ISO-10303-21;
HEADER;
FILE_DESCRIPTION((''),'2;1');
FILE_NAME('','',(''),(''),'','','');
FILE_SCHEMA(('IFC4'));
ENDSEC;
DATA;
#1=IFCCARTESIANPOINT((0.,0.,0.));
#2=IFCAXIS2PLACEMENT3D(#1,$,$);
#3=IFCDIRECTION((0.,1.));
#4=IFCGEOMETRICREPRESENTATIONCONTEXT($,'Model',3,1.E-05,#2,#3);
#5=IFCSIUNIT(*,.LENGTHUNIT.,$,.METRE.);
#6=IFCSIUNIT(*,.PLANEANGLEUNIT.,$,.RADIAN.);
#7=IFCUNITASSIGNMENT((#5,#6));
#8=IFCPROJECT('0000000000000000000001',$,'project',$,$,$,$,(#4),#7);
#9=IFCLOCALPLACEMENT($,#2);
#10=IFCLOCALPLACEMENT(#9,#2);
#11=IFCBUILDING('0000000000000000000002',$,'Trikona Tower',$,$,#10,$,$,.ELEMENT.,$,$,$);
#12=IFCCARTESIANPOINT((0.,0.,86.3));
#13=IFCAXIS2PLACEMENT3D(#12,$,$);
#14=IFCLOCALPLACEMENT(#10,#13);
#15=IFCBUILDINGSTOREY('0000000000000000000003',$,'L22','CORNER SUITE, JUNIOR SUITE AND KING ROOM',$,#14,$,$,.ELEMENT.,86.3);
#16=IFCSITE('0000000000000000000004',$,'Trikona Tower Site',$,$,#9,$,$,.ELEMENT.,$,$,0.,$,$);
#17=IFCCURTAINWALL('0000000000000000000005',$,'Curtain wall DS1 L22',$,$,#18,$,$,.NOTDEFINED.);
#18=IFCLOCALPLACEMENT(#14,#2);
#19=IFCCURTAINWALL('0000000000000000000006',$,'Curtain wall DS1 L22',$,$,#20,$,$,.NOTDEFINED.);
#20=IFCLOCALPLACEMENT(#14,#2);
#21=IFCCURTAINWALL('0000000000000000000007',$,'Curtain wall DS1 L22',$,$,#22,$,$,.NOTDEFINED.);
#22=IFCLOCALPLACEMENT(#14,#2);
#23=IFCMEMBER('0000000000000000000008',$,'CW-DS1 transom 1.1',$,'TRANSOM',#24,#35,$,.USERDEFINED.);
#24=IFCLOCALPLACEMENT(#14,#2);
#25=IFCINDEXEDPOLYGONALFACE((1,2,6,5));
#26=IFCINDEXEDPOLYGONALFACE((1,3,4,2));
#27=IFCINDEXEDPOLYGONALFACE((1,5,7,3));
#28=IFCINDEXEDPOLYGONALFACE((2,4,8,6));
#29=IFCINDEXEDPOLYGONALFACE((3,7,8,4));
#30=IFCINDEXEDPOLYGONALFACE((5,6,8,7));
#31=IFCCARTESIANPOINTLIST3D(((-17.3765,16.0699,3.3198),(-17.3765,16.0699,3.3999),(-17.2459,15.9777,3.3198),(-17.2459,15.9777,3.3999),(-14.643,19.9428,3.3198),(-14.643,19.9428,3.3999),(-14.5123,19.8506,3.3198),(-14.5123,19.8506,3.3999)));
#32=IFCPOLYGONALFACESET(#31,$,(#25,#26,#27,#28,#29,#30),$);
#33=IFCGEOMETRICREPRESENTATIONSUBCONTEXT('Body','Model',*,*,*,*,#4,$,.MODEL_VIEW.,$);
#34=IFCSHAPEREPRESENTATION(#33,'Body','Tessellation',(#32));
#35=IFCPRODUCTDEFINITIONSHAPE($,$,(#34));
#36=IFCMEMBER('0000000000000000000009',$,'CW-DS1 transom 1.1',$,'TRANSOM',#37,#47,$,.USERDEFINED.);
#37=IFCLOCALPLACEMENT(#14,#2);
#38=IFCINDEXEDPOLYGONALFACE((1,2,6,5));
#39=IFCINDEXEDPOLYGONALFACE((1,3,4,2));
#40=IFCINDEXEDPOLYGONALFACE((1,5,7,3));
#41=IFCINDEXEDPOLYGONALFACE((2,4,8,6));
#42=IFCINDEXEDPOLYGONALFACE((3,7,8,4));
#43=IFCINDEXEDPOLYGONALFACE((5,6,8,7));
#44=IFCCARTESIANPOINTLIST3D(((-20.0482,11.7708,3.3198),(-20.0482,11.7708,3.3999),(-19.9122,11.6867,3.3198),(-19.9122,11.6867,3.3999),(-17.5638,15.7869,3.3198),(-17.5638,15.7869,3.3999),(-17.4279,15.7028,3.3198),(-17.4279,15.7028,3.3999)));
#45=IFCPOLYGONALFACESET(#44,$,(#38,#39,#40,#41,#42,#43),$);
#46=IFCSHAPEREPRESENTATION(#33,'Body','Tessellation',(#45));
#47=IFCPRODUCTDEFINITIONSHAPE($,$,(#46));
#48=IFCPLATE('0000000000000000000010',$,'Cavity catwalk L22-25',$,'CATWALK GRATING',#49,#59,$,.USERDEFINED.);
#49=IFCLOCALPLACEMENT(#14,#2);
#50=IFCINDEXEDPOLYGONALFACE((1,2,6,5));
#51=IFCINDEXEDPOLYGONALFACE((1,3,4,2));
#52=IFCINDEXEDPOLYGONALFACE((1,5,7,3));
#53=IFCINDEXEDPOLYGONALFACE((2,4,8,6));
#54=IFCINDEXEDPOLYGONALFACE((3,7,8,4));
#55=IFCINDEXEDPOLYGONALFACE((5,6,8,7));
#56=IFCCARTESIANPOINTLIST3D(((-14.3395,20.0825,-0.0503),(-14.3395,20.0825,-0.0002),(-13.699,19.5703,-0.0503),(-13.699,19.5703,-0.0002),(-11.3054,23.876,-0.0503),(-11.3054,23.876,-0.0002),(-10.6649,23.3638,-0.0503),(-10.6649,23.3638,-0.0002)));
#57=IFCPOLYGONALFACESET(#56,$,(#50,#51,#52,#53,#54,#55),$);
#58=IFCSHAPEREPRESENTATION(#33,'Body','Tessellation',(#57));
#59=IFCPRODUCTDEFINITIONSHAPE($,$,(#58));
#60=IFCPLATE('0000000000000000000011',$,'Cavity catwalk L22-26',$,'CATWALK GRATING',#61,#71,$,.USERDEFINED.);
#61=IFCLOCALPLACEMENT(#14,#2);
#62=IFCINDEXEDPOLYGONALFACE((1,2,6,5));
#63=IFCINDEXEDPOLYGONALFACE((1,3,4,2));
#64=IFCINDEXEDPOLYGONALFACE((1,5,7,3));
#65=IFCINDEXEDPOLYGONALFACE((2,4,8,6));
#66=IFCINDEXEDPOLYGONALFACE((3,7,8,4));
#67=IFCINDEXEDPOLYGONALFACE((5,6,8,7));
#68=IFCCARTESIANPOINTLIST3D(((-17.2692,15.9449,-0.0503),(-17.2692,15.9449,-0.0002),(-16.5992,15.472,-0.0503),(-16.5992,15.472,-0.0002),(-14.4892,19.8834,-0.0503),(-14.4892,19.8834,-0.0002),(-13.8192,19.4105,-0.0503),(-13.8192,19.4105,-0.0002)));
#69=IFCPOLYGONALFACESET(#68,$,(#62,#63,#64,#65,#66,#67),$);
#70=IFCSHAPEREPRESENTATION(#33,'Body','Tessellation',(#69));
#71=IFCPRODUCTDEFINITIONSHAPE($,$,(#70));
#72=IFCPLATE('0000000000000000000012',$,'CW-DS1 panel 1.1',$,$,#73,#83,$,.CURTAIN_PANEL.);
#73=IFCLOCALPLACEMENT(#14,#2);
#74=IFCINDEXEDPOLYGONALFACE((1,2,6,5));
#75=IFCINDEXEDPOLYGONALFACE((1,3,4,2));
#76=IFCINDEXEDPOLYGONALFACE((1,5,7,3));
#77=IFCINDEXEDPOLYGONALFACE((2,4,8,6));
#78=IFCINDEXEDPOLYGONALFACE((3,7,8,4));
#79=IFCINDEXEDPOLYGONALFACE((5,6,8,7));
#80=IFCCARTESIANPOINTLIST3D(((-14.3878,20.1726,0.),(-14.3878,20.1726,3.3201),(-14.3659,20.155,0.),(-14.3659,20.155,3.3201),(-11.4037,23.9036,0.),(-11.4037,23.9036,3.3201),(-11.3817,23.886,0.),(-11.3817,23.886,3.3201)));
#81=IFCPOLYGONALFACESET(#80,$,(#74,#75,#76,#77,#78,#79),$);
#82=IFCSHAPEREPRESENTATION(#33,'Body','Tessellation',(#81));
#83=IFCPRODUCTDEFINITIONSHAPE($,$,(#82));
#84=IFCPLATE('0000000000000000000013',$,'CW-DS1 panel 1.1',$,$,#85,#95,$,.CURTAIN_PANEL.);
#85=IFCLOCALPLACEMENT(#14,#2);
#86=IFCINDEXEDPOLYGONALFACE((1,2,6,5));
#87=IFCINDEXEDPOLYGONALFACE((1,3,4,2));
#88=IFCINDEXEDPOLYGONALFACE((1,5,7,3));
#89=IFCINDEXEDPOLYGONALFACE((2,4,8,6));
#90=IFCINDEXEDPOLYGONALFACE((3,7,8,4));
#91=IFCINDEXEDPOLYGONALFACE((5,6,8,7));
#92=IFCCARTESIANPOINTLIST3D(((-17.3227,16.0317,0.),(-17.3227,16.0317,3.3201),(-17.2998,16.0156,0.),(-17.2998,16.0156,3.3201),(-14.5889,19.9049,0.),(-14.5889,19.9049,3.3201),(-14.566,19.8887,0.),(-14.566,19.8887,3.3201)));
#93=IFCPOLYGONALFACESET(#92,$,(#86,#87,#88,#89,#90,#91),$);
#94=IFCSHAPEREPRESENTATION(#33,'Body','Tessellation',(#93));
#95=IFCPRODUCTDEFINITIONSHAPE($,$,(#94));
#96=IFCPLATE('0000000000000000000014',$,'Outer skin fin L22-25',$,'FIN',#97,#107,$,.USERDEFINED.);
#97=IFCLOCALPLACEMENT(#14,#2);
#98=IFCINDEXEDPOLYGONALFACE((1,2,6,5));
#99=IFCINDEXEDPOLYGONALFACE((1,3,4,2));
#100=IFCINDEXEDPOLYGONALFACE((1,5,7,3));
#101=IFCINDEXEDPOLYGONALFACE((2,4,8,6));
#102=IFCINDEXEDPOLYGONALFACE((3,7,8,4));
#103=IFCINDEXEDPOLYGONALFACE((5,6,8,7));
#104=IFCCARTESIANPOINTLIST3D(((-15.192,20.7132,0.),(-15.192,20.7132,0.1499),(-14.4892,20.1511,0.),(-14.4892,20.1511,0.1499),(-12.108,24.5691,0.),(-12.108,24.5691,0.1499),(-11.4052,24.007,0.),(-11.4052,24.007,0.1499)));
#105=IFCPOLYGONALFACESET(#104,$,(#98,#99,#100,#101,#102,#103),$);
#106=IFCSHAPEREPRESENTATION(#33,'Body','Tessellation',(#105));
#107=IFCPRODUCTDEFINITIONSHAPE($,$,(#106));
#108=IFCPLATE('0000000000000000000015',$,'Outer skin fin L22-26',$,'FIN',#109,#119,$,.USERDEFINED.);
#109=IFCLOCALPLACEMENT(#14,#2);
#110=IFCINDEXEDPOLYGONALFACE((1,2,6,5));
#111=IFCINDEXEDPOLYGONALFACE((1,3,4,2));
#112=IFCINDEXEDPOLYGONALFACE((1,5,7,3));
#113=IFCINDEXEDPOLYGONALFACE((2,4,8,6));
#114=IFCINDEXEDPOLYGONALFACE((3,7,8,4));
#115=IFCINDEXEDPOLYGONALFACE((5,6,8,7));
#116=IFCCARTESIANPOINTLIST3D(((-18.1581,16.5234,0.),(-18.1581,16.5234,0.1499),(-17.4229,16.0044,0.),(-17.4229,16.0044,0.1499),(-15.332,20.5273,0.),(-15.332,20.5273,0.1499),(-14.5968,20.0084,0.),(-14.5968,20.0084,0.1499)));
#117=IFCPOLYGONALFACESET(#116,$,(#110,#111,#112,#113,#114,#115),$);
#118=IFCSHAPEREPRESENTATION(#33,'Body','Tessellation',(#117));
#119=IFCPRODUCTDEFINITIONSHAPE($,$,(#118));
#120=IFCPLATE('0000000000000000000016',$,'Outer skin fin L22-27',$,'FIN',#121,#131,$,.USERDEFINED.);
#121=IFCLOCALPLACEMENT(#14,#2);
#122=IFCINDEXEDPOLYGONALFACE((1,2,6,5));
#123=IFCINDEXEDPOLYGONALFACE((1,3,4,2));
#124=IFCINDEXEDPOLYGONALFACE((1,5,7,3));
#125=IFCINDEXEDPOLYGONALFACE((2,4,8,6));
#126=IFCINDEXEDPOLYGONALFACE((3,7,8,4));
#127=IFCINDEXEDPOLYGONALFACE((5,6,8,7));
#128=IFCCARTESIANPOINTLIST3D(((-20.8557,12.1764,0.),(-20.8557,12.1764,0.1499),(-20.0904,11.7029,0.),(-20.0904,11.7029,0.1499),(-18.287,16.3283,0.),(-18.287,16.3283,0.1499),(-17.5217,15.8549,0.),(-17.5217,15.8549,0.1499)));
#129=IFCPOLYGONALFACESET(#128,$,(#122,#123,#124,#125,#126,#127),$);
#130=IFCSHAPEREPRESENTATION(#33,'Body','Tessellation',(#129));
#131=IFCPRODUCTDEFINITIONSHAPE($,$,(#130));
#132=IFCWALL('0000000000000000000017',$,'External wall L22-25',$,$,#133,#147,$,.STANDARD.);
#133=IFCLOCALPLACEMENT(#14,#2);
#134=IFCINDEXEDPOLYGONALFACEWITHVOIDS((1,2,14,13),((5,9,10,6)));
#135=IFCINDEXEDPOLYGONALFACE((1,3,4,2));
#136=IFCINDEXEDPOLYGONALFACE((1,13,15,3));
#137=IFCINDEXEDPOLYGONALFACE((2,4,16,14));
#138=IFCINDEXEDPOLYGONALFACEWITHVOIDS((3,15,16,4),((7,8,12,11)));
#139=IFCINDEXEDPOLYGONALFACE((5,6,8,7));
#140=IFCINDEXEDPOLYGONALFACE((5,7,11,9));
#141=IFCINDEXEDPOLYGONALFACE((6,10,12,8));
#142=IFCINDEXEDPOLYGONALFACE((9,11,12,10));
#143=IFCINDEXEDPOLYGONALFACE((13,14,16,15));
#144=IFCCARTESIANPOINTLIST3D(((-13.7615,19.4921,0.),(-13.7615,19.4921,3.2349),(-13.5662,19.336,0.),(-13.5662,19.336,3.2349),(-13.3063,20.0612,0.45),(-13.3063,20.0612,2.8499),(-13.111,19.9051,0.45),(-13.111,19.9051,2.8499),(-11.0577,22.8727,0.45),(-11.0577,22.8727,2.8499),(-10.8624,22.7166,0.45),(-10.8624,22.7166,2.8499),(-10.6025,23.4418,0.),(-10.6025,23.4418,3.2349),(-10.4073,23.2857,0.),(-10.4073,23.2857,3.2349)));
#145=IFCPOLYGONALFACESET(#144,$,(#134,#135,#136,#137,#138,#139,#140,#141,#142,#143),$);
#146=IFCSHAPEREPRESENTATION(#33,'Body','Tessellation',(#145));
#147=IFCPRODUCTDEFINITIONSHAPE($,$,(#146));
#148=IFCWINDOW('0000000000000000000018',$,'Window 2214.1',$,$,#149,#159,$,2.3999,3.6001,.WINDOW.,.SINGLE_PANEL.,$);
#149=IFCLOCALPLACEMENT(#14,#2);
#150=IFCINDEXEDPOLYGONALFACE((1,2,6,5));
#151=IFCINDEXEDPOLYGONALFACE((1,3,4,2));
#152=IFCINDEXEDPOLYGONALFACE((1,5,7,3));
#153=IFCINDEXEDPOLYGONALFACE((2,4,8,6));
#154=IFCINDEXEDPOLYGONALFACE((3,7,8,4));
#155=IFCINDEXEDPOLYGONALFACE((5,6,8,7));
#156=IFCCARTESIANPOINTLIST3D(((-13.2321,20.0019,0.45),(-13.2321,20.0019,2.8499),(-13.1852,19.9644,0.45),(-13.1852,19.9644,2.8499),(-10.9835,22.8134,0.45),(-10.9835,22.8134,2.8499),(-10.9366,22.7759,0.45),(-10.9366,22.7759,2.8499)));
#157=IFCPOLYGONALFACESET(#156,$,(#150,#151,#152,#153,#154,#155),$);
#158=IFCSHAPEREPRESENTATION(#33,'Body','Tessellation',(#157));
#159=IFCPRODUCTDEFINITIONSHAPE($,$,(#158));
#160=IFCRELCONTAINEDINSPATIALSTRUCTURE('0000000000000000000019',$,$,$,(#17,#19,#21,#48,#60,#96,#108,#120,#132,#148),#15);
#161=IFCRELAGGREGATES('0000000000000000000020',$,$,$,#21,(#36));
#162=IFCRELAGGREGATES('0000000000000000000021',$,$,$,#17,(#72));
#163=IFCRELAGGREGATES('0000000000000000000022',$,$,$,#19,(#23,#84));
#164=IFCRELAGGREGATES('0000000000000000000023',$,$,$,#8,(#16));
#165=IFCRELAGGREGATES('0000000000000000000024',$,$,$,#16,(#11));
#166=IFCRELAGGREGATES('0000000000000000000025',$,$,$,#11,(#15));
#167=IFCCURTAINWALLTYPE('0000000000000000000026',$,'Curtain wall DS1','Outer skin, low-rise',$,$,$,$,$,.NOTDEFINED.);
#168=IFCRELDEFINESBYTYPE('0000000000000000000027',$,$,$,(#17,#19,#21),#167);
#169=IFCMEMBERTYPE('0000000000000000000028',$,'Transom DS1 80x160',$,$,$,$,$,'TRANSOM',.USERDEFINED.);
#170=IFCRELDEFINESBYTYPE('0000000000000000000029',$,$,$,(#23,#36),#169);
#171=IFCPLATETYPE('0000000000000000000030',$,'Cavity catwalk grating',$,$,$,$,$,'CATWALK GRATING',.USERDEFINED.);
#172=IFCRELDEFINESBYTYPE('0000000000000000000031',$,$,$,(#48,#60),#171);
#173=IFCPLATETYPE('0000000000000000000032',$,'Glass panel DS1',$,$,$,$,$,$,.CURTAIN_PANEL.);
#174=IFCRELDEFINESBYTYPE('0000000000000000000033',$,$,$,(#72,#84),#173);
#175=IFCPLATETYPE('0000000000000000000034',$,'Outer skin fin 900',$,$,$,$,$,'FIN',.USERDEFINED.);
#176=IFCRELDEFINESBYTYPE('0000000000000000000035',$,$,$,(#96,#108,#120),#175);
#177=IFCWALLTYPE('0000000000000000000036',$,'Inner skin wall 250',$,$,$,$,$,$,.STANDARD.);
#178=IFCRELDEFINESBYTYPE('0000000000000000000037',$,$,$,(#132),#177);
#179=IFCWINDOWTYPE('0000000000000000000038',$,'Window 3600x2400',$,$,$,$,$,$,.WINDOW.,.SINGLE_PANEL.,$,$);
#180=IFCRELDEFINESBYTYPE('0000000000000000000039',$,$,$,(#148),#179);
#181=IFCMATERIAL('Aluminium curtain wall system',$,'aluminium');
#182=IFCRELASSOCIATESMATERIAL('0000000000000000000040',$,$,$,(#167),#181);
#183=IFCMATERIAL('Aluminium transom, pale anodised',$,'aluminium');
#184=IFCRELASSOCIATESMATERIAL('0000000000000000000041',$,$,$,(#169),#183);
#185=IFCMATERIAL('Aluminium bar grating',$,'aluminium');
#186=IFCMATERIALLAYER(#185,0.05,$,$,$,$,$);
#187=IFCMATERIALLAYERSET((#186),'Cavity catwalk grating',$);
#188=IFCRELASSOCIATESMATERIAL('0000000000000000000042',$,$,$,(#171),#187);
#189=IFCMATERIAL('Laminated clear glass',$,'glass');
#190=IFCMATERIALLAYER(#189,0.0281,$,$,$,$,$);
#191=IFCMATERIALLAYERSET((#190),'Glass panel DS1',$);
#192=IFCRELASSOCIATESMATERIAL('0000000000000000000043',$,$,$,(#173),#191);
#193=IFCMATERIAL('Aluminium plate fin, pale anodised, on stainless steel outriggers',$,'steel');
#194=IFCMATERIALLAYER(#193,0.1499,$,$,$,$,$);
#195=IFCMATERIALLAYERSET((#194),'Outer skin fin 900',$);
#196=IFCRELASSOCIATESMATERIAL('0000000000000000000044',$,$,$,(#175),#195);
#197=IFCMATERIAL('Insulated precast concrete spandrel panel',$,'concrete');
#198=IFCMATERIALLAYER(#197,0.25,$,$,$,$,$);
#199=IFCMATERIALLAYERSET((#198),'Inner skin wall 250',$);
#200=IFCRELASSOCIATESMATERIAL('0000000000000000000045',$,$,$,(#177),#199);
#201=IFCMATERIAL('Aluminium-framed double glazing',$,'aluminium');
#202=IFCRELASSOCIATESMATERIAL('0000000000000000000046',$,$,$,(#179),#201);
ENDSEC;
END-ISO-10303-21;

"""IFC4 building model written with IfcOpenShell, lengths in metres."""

from ifc_helpers import new_model, si_unit, direction, frame, frame_2d, origin, origin_2d, place, context, subcontext, project, spatial, rectangle, extrude, material, layer, layer_set, material_profile, profile_set, type_object, element, fill, aggregate, save


model = new_model("IFC4")

# Units and contexts
model_context = context("Model", 3, precision=1e-05, world=origin(), true_north=direction((0.0, 1.0)))
body_context = subcontext(model_context, "Body", "Model", "MODEL_VIEW")
ifc_project = project(units=[si_unit("LENGTHUNIT", "METRE"), si_unit("PLANEANGLEUNIT", "RADIAN")], contexts=[model_context])

# Site, building, storey
site_placement = place(None, origin())
site = spatial("IfcSite", under=ifc_project, at=site_placement, Name="Trikona Tower Site", CompositionType="ELEMENT", RefElevation=0.0)
building_placement = place(site_placement, origin())
building = spatial("IfcBuilding", under=site, at=building_placement, Name="Trikona Tower", CompositionType="ELEMENT")
storey_placement = place(building_placement, frame((0.0, 0.0, 86.3)))
storey = spatial("IfcBuildingStorey", under=building, at=storey_placement, Name="L22", Description="CORNER SUITE, JUNIOR SUITE AND KING ROOM", CompositionType="ELEMENT", Elevation=86.3)

# Shared definitions
ifc_material_1 = material(Name="Aluminium curtain wall system", Category="aluminium")
curtain_wall_type = type_object("IfcCurtainWallType", Name="Curtain wall DS1", Description="Outer skin, low-rise", PredefinedType="NOTDEFINED", material=ifc_material_1)

# Curtain walls
curtain_wall_1_placement = place(storey_placement, origin())
curtain_wall_1 = element("IfcCurtainWall", 1, at=curtain_wall_1_placement, inside=storey, type_object=curtain_wall_type, Name="Curtain wall DS1 L22", PredefinedType="NOTDEFINED")
curtain_wall_2_placement = place(storey_placement, origin())
curtain_wall_2 = element("IfcCurtainWall", 2, at=curtain_wall_2_placement, inside=storey, type_object=curtain_wall_type, Name="Curtain wall DS1 L22", PredefinedType="NOTDEFINED")

# Curtain wall
curtain_wall_3_placement = place(storey_placement, origin())
curtain_wall_3 = element("IfcCurtainWall", 3, at=curtain_wall_3_placement, inside=storey, type_object=curtain_wall_type, Name="Curtain wall DS1 L22", PredefinedType="NOTDEFINED")

# Members
ifc_material_2 = material(Name="Aluminium transom, pale anodised", Category="aluminium")
ifc_material_profile_1 = material_profile(ifc_material_2, rectangle(XDim=0.1599, YDim=0.0801, at=origin_2d()), Name="TRN-DS1")
ifc_profile_set_1 = profile_set([ifc_material_profile_1], Name="Aluminium transom, pale anodised")
member_type_1 = type_object("IfcMemberType", Name="Transom DS1 80x160", ElementType="TRANSOM", PredefinedType="USERDEFINED", material=ifc_profile_set_1)
member_1_placement = place(storey_placement, frame((-14.5776, 19.8967, 3.3599), z_axis=(-0.576645, -0.816995, 0.0), x_axis=(0.816995, -0.576645, 0.0)))
member_1 = element("IfcMember", 4, at=member_1_placement, type_object=member_type_1, Name="CW-DS1 transom 1.1", ObjectType="TRANSOM", PredefinedType="USERDEFINED", context=body_context, shape_type="SweptSolid", body=[
    extrude(rectangle(XDim=0.1599, YDim=0.0801, at=origin_2d()), origin(), (0.0, 0.0, 1.0), 4.7405),
])
member_2_placement = place(storey_placement, frame((-17.4958, 15.7449, 3.3599), z_axis=(-0.526081, -0.850435, 0.0), x_axis=(0.850435, -0.526081, 0.0)))
member_2 = element("IfcMember", 5, at=member_2_placement, type_object=member_type_1, Name="CW-DS1 transom 1.1", ObjectType="TRANSOM", PredefinedType="USERDEFINED", context=body_context, shape_type="SweptSolid", body=[
    extrude(rectangle(XDim=0.1599, YDim=0.0801, at=origin_2d()), origin(), (0.0, 0.0, 1.0), 4.7224),
])
aggregate(curtain_wall_3, [member_2])

# Plates
ifc_material_3 = material(Name="Aluminium bar grating", Category="aluminium")
ifc_layer_1 = layer(ifc_material_3, 0.05)
ifc_layer_set_1 = layer_set([ifc_layer_1], Name="Cavity catwalk grating")
plate_type_1 = type_object("IfcPlateType", Name="Cavity catwalk grating", ElementType="CATWALK GRATING", PredefinedType="USERDEFINED", material=ifc_layer_set_1)
plate_1_placement = place(storey_placement, frame((-12.5022, 21.7231, -0.0503), z_axis=(0.0, 0.0, 1.0), x_axis=(-0.624604, -0.780942, 0.0)))
element("IfcPlate", 6, at=plate_1_placement, inside=storey, type_object=plate_type_1, Name="Cavity catwalk L22-25", ObjectType="CATWALK GRATING", PredefinedType="USERDEFINED", context=body_context, shape_type="SweptSolid", body=[
    extrude(rectangle(XDim=4.8577, YDim=0.8201, at=origin_2d()), origin(), (0.0, 0.0, 1.0), 0.05),
])
plate_2_placement = place(storey_placement, frame((-15.5442, 17.6777, -0.0503), z_axis=(0.0, 0.0, 1.0), x_axis=(-0.576662, -0.816983, 0.0)))
element("IfcPlate", 7, at=plate_2_placement, inside=storey, type_object=plate_type_1, Name="Cavity catwalk L22-26", ObjectType="CATWALK GRATING", PredefinedType="USERDEFINED", context=body_context, shape_type="SweptSolid", body=[
    extrude(rectangle(XDim=4.8208, YDim=0.8201, at=origin_2d()), origin(), (0.0, 0.0, 1.0), 0.05),
])

# Plates
ifc_material_4 = material(Name="Laminated clear glass", Category="glass")
ifc_layer_2 = layer(ifc_material_4, 0.0281)
ifc_layer_set_2 = layer_set([ifc_layer_2], Name="Glass panel DS1")
plate_type_2 = type_object("IfcPlateType", Name="Glass panel DS1", PredefinedType="CURTAIN_PANEL", material=ifc_layer_set_2)
plate_3_placement = place(storey_placement, frame((-12.8848, 22.0293, 0.0), z_axis=(0.0, 0.0, 1.0), x_axis=(-0.624609, -0.780938, 0.0)))
plate_3 = element("IfcPlate", 8, at=plate_3_placement, type_object=plate_type_2, Name="CW-DS1 panel 1.1", PredefinedType="CURTAIN_PANEL", context=body_context, shape_type="SweptSolid", body=[
    extrude(rectangle(XDim=4.7776, YDim=0.0281, at=origin_2d()), origin(), (0.0, 0.0, 1.0), 3.3201),
])
aggregate(curtain_wall_1, [plate_3])
plate_4_placement = place(storey_placement, frame((-15.9443, 17.9602, 0.0), z_axis=(0.0, 0.0, 1.0), x_axis=(-0.576658, -0.816985, 0.0)))
plate_4 = element("IfcPlate", 9, at=plate_4_placement, type_object=plate_type_2, Name="CW-DS1 panel 1.1", PredefinedType="CURTAIN_PANEL", context=body_context, shape_type="SweptSolid", body=[
    extrude(rectangle(XDim=4.7407, YDim=0.0281, at=origin_2d()), origin(), (0.0, 0.0, 1.0), 3.3201),
])
aggregate(curtain_wall_2, [member_1, plate_4])

# Plates
ifc_material_5 = material(Name="Aluminium plate fin, pale anodised, on stainless steel outriggers", Category="steel")
ifc_layer_3 = layer(ifc_material_5, 0.1499)
ifc_layer_set_3 = layer_set([ifc_layer_3], Name="Outer skin fin 900")
plate_type_3 = type_object("IfcPlateType", Name="Outer skin fin 900", ElementType="FIN", PredefinedType="USERDEFINED", material=ifc_layer_set_3)
plate_5_placement = place(storey_placement, frame((-13.2986, 22.3601, 0.0), z_axis=(0.0, 0.0, 1.0), x_axis=(-0.624604, -0.780942, 0.0)))
element("IfcPlate", 10, at=plate_5_placement, inside=storey, type_object=plate_type_3, Name="Outer skin fin L22-25", ObjectType="FIN", PredefinedType="USERDEFINED", context=body_context, shape_type="SweptSolid", body=[
    extrude(rectangle(XDim=4.9375, YDim=0.8999, at=origin_2d()), origin(), (0.0, 0.0, 1.0), 0.1499),
])
plate_6_placement = place(storey_placement, frame((-16.3774, 18.2659, 0.0), z_axis=(0.0, 0.0, 1.0), x_axis=(-0.576662, -0.816983, 0.0)))
element("IfcPlate", 11, at=plate_6_placement, inside=storey, type_object=plate_type_3, Name="Outer skin fin L22-26", ObjectType="FIN", PredefinedType="USERDEFINED", context=body_context, shape_type="SweptSolid", body=[
    extrude(rectangle(XDim=4.9009, YDim=0.8999, at=origin_2d()), origin(), (0.0, 0.0, 1.0), 0.1499),
])
plate_7_placement = place(storey_placement, frame((-19.1887, 14.0156, 0.0), z_axis=(0.0, 0.0, 1.0), x_axis=(-0.526119, -0.850411, 0.0)))
element("IfcPlate", 12, at=plate_7_placement, inside=storey, type_object=plate_type_3, Name="Outer skin fin L22-27", ObjectType="FIN", PredefinedType="USERDEFINED", context=body_context, shape_type="SweptSolid", body=[
    extrude(rectangle(XDim=4.8823, YDim=0.8999, at=origin_2d()), origin(), (0.0, 0.0, 1.0), 0.1499),
])

# Wall, opening, window
ifc_material_6 = material(Name="Insulated precast concrete spandrel panel", Category="concrete")
ifc_layer_4 = layer(ifc_material_6, 0.25)
ifc_layer_set_4 = layer_set([ifc_layer_4], Name="Inner skin wall 250")
wall_type = type_object("IfcWallType", Name="Inner skin wall 250", PredefinedType="STANDARD", material=ifc_layer_set_4)
wall_1_placement = place(storey_placement, frame((-10.5049, 23.3638, 0.0), z_axis=(0.0, 0.0, 1.0), x_axis=(-0.624595, -0.780949, 0.0)))
wall_1 = element("IfcWall", 13, at=wall_1_placement, inside=storey, type_object=wall_type, Name="External wall L22-25", PredefinedType="STANDARD", context=body_context, shape_type="SweptSolid", body=[
    extrude(rectangle(XDim=5.0576, YDim=0.25, at=frame_2d((2.5288, 0.0))), origin(), (0.0, 0.0, 1.0), 3.2349),
])
opening_1_placement = place(wall_1_placement, frame((0.7288, 0.0, 0.45)))
opening_1 = element("IfcOpeningElement", 14, at=opening_1_placement, cuts=wall_1, PredefinedType="OPENING", context=body_context, shape_type="SweptSolid", body=[
    extrude(rectangle(XDim=3.6001, YDim=2.3999, at=frame_2d((1.8, 1.2))), frame((0.0, 0.135, 0.0), z_axis=(0.0, -1.0, 0.0), x_axis=(1.0, 0.0, 0.0)), (0.0, 0.0, 1.0), 0.27),
])
ifc_material_7 = material(Name="Aluminium-framed double glazing", Category="aluminium")
window_type = type_object("IfcWindowType", Name="Window 3600x2400", PartitioningType="SINGLE_PANEL", PredefinedType="WINDOW", material=ifc_material_7)
window_1_placement = place(opening_1_placement, origin())
window_1 = element("IfcWindow", 15, at=window_1_placement, inside=storey, type_object=window_type, Name="Window 2214.1", OverallHeight=2.3999, OverallWidth=3.6001, PartitioningType="SINGLE_PANEL", PredefinedType="WINDOW", context=body_context, shape_type="SweptSolid", body=[
    extrude(rectangle(XDim=3.6001, YDim=2.3999, at=frame_2d((1.8, 1.2))), frame((0.0, 0.03, 0.0), z_axis=(0.0, -1.0, 0.0), x_axis=(1.0, 0.0, 0.0)), (0.0, 0.0, 1.0), 0.0601),
])
fill(opening_1, window_1)

save(model, "model.ifc")
